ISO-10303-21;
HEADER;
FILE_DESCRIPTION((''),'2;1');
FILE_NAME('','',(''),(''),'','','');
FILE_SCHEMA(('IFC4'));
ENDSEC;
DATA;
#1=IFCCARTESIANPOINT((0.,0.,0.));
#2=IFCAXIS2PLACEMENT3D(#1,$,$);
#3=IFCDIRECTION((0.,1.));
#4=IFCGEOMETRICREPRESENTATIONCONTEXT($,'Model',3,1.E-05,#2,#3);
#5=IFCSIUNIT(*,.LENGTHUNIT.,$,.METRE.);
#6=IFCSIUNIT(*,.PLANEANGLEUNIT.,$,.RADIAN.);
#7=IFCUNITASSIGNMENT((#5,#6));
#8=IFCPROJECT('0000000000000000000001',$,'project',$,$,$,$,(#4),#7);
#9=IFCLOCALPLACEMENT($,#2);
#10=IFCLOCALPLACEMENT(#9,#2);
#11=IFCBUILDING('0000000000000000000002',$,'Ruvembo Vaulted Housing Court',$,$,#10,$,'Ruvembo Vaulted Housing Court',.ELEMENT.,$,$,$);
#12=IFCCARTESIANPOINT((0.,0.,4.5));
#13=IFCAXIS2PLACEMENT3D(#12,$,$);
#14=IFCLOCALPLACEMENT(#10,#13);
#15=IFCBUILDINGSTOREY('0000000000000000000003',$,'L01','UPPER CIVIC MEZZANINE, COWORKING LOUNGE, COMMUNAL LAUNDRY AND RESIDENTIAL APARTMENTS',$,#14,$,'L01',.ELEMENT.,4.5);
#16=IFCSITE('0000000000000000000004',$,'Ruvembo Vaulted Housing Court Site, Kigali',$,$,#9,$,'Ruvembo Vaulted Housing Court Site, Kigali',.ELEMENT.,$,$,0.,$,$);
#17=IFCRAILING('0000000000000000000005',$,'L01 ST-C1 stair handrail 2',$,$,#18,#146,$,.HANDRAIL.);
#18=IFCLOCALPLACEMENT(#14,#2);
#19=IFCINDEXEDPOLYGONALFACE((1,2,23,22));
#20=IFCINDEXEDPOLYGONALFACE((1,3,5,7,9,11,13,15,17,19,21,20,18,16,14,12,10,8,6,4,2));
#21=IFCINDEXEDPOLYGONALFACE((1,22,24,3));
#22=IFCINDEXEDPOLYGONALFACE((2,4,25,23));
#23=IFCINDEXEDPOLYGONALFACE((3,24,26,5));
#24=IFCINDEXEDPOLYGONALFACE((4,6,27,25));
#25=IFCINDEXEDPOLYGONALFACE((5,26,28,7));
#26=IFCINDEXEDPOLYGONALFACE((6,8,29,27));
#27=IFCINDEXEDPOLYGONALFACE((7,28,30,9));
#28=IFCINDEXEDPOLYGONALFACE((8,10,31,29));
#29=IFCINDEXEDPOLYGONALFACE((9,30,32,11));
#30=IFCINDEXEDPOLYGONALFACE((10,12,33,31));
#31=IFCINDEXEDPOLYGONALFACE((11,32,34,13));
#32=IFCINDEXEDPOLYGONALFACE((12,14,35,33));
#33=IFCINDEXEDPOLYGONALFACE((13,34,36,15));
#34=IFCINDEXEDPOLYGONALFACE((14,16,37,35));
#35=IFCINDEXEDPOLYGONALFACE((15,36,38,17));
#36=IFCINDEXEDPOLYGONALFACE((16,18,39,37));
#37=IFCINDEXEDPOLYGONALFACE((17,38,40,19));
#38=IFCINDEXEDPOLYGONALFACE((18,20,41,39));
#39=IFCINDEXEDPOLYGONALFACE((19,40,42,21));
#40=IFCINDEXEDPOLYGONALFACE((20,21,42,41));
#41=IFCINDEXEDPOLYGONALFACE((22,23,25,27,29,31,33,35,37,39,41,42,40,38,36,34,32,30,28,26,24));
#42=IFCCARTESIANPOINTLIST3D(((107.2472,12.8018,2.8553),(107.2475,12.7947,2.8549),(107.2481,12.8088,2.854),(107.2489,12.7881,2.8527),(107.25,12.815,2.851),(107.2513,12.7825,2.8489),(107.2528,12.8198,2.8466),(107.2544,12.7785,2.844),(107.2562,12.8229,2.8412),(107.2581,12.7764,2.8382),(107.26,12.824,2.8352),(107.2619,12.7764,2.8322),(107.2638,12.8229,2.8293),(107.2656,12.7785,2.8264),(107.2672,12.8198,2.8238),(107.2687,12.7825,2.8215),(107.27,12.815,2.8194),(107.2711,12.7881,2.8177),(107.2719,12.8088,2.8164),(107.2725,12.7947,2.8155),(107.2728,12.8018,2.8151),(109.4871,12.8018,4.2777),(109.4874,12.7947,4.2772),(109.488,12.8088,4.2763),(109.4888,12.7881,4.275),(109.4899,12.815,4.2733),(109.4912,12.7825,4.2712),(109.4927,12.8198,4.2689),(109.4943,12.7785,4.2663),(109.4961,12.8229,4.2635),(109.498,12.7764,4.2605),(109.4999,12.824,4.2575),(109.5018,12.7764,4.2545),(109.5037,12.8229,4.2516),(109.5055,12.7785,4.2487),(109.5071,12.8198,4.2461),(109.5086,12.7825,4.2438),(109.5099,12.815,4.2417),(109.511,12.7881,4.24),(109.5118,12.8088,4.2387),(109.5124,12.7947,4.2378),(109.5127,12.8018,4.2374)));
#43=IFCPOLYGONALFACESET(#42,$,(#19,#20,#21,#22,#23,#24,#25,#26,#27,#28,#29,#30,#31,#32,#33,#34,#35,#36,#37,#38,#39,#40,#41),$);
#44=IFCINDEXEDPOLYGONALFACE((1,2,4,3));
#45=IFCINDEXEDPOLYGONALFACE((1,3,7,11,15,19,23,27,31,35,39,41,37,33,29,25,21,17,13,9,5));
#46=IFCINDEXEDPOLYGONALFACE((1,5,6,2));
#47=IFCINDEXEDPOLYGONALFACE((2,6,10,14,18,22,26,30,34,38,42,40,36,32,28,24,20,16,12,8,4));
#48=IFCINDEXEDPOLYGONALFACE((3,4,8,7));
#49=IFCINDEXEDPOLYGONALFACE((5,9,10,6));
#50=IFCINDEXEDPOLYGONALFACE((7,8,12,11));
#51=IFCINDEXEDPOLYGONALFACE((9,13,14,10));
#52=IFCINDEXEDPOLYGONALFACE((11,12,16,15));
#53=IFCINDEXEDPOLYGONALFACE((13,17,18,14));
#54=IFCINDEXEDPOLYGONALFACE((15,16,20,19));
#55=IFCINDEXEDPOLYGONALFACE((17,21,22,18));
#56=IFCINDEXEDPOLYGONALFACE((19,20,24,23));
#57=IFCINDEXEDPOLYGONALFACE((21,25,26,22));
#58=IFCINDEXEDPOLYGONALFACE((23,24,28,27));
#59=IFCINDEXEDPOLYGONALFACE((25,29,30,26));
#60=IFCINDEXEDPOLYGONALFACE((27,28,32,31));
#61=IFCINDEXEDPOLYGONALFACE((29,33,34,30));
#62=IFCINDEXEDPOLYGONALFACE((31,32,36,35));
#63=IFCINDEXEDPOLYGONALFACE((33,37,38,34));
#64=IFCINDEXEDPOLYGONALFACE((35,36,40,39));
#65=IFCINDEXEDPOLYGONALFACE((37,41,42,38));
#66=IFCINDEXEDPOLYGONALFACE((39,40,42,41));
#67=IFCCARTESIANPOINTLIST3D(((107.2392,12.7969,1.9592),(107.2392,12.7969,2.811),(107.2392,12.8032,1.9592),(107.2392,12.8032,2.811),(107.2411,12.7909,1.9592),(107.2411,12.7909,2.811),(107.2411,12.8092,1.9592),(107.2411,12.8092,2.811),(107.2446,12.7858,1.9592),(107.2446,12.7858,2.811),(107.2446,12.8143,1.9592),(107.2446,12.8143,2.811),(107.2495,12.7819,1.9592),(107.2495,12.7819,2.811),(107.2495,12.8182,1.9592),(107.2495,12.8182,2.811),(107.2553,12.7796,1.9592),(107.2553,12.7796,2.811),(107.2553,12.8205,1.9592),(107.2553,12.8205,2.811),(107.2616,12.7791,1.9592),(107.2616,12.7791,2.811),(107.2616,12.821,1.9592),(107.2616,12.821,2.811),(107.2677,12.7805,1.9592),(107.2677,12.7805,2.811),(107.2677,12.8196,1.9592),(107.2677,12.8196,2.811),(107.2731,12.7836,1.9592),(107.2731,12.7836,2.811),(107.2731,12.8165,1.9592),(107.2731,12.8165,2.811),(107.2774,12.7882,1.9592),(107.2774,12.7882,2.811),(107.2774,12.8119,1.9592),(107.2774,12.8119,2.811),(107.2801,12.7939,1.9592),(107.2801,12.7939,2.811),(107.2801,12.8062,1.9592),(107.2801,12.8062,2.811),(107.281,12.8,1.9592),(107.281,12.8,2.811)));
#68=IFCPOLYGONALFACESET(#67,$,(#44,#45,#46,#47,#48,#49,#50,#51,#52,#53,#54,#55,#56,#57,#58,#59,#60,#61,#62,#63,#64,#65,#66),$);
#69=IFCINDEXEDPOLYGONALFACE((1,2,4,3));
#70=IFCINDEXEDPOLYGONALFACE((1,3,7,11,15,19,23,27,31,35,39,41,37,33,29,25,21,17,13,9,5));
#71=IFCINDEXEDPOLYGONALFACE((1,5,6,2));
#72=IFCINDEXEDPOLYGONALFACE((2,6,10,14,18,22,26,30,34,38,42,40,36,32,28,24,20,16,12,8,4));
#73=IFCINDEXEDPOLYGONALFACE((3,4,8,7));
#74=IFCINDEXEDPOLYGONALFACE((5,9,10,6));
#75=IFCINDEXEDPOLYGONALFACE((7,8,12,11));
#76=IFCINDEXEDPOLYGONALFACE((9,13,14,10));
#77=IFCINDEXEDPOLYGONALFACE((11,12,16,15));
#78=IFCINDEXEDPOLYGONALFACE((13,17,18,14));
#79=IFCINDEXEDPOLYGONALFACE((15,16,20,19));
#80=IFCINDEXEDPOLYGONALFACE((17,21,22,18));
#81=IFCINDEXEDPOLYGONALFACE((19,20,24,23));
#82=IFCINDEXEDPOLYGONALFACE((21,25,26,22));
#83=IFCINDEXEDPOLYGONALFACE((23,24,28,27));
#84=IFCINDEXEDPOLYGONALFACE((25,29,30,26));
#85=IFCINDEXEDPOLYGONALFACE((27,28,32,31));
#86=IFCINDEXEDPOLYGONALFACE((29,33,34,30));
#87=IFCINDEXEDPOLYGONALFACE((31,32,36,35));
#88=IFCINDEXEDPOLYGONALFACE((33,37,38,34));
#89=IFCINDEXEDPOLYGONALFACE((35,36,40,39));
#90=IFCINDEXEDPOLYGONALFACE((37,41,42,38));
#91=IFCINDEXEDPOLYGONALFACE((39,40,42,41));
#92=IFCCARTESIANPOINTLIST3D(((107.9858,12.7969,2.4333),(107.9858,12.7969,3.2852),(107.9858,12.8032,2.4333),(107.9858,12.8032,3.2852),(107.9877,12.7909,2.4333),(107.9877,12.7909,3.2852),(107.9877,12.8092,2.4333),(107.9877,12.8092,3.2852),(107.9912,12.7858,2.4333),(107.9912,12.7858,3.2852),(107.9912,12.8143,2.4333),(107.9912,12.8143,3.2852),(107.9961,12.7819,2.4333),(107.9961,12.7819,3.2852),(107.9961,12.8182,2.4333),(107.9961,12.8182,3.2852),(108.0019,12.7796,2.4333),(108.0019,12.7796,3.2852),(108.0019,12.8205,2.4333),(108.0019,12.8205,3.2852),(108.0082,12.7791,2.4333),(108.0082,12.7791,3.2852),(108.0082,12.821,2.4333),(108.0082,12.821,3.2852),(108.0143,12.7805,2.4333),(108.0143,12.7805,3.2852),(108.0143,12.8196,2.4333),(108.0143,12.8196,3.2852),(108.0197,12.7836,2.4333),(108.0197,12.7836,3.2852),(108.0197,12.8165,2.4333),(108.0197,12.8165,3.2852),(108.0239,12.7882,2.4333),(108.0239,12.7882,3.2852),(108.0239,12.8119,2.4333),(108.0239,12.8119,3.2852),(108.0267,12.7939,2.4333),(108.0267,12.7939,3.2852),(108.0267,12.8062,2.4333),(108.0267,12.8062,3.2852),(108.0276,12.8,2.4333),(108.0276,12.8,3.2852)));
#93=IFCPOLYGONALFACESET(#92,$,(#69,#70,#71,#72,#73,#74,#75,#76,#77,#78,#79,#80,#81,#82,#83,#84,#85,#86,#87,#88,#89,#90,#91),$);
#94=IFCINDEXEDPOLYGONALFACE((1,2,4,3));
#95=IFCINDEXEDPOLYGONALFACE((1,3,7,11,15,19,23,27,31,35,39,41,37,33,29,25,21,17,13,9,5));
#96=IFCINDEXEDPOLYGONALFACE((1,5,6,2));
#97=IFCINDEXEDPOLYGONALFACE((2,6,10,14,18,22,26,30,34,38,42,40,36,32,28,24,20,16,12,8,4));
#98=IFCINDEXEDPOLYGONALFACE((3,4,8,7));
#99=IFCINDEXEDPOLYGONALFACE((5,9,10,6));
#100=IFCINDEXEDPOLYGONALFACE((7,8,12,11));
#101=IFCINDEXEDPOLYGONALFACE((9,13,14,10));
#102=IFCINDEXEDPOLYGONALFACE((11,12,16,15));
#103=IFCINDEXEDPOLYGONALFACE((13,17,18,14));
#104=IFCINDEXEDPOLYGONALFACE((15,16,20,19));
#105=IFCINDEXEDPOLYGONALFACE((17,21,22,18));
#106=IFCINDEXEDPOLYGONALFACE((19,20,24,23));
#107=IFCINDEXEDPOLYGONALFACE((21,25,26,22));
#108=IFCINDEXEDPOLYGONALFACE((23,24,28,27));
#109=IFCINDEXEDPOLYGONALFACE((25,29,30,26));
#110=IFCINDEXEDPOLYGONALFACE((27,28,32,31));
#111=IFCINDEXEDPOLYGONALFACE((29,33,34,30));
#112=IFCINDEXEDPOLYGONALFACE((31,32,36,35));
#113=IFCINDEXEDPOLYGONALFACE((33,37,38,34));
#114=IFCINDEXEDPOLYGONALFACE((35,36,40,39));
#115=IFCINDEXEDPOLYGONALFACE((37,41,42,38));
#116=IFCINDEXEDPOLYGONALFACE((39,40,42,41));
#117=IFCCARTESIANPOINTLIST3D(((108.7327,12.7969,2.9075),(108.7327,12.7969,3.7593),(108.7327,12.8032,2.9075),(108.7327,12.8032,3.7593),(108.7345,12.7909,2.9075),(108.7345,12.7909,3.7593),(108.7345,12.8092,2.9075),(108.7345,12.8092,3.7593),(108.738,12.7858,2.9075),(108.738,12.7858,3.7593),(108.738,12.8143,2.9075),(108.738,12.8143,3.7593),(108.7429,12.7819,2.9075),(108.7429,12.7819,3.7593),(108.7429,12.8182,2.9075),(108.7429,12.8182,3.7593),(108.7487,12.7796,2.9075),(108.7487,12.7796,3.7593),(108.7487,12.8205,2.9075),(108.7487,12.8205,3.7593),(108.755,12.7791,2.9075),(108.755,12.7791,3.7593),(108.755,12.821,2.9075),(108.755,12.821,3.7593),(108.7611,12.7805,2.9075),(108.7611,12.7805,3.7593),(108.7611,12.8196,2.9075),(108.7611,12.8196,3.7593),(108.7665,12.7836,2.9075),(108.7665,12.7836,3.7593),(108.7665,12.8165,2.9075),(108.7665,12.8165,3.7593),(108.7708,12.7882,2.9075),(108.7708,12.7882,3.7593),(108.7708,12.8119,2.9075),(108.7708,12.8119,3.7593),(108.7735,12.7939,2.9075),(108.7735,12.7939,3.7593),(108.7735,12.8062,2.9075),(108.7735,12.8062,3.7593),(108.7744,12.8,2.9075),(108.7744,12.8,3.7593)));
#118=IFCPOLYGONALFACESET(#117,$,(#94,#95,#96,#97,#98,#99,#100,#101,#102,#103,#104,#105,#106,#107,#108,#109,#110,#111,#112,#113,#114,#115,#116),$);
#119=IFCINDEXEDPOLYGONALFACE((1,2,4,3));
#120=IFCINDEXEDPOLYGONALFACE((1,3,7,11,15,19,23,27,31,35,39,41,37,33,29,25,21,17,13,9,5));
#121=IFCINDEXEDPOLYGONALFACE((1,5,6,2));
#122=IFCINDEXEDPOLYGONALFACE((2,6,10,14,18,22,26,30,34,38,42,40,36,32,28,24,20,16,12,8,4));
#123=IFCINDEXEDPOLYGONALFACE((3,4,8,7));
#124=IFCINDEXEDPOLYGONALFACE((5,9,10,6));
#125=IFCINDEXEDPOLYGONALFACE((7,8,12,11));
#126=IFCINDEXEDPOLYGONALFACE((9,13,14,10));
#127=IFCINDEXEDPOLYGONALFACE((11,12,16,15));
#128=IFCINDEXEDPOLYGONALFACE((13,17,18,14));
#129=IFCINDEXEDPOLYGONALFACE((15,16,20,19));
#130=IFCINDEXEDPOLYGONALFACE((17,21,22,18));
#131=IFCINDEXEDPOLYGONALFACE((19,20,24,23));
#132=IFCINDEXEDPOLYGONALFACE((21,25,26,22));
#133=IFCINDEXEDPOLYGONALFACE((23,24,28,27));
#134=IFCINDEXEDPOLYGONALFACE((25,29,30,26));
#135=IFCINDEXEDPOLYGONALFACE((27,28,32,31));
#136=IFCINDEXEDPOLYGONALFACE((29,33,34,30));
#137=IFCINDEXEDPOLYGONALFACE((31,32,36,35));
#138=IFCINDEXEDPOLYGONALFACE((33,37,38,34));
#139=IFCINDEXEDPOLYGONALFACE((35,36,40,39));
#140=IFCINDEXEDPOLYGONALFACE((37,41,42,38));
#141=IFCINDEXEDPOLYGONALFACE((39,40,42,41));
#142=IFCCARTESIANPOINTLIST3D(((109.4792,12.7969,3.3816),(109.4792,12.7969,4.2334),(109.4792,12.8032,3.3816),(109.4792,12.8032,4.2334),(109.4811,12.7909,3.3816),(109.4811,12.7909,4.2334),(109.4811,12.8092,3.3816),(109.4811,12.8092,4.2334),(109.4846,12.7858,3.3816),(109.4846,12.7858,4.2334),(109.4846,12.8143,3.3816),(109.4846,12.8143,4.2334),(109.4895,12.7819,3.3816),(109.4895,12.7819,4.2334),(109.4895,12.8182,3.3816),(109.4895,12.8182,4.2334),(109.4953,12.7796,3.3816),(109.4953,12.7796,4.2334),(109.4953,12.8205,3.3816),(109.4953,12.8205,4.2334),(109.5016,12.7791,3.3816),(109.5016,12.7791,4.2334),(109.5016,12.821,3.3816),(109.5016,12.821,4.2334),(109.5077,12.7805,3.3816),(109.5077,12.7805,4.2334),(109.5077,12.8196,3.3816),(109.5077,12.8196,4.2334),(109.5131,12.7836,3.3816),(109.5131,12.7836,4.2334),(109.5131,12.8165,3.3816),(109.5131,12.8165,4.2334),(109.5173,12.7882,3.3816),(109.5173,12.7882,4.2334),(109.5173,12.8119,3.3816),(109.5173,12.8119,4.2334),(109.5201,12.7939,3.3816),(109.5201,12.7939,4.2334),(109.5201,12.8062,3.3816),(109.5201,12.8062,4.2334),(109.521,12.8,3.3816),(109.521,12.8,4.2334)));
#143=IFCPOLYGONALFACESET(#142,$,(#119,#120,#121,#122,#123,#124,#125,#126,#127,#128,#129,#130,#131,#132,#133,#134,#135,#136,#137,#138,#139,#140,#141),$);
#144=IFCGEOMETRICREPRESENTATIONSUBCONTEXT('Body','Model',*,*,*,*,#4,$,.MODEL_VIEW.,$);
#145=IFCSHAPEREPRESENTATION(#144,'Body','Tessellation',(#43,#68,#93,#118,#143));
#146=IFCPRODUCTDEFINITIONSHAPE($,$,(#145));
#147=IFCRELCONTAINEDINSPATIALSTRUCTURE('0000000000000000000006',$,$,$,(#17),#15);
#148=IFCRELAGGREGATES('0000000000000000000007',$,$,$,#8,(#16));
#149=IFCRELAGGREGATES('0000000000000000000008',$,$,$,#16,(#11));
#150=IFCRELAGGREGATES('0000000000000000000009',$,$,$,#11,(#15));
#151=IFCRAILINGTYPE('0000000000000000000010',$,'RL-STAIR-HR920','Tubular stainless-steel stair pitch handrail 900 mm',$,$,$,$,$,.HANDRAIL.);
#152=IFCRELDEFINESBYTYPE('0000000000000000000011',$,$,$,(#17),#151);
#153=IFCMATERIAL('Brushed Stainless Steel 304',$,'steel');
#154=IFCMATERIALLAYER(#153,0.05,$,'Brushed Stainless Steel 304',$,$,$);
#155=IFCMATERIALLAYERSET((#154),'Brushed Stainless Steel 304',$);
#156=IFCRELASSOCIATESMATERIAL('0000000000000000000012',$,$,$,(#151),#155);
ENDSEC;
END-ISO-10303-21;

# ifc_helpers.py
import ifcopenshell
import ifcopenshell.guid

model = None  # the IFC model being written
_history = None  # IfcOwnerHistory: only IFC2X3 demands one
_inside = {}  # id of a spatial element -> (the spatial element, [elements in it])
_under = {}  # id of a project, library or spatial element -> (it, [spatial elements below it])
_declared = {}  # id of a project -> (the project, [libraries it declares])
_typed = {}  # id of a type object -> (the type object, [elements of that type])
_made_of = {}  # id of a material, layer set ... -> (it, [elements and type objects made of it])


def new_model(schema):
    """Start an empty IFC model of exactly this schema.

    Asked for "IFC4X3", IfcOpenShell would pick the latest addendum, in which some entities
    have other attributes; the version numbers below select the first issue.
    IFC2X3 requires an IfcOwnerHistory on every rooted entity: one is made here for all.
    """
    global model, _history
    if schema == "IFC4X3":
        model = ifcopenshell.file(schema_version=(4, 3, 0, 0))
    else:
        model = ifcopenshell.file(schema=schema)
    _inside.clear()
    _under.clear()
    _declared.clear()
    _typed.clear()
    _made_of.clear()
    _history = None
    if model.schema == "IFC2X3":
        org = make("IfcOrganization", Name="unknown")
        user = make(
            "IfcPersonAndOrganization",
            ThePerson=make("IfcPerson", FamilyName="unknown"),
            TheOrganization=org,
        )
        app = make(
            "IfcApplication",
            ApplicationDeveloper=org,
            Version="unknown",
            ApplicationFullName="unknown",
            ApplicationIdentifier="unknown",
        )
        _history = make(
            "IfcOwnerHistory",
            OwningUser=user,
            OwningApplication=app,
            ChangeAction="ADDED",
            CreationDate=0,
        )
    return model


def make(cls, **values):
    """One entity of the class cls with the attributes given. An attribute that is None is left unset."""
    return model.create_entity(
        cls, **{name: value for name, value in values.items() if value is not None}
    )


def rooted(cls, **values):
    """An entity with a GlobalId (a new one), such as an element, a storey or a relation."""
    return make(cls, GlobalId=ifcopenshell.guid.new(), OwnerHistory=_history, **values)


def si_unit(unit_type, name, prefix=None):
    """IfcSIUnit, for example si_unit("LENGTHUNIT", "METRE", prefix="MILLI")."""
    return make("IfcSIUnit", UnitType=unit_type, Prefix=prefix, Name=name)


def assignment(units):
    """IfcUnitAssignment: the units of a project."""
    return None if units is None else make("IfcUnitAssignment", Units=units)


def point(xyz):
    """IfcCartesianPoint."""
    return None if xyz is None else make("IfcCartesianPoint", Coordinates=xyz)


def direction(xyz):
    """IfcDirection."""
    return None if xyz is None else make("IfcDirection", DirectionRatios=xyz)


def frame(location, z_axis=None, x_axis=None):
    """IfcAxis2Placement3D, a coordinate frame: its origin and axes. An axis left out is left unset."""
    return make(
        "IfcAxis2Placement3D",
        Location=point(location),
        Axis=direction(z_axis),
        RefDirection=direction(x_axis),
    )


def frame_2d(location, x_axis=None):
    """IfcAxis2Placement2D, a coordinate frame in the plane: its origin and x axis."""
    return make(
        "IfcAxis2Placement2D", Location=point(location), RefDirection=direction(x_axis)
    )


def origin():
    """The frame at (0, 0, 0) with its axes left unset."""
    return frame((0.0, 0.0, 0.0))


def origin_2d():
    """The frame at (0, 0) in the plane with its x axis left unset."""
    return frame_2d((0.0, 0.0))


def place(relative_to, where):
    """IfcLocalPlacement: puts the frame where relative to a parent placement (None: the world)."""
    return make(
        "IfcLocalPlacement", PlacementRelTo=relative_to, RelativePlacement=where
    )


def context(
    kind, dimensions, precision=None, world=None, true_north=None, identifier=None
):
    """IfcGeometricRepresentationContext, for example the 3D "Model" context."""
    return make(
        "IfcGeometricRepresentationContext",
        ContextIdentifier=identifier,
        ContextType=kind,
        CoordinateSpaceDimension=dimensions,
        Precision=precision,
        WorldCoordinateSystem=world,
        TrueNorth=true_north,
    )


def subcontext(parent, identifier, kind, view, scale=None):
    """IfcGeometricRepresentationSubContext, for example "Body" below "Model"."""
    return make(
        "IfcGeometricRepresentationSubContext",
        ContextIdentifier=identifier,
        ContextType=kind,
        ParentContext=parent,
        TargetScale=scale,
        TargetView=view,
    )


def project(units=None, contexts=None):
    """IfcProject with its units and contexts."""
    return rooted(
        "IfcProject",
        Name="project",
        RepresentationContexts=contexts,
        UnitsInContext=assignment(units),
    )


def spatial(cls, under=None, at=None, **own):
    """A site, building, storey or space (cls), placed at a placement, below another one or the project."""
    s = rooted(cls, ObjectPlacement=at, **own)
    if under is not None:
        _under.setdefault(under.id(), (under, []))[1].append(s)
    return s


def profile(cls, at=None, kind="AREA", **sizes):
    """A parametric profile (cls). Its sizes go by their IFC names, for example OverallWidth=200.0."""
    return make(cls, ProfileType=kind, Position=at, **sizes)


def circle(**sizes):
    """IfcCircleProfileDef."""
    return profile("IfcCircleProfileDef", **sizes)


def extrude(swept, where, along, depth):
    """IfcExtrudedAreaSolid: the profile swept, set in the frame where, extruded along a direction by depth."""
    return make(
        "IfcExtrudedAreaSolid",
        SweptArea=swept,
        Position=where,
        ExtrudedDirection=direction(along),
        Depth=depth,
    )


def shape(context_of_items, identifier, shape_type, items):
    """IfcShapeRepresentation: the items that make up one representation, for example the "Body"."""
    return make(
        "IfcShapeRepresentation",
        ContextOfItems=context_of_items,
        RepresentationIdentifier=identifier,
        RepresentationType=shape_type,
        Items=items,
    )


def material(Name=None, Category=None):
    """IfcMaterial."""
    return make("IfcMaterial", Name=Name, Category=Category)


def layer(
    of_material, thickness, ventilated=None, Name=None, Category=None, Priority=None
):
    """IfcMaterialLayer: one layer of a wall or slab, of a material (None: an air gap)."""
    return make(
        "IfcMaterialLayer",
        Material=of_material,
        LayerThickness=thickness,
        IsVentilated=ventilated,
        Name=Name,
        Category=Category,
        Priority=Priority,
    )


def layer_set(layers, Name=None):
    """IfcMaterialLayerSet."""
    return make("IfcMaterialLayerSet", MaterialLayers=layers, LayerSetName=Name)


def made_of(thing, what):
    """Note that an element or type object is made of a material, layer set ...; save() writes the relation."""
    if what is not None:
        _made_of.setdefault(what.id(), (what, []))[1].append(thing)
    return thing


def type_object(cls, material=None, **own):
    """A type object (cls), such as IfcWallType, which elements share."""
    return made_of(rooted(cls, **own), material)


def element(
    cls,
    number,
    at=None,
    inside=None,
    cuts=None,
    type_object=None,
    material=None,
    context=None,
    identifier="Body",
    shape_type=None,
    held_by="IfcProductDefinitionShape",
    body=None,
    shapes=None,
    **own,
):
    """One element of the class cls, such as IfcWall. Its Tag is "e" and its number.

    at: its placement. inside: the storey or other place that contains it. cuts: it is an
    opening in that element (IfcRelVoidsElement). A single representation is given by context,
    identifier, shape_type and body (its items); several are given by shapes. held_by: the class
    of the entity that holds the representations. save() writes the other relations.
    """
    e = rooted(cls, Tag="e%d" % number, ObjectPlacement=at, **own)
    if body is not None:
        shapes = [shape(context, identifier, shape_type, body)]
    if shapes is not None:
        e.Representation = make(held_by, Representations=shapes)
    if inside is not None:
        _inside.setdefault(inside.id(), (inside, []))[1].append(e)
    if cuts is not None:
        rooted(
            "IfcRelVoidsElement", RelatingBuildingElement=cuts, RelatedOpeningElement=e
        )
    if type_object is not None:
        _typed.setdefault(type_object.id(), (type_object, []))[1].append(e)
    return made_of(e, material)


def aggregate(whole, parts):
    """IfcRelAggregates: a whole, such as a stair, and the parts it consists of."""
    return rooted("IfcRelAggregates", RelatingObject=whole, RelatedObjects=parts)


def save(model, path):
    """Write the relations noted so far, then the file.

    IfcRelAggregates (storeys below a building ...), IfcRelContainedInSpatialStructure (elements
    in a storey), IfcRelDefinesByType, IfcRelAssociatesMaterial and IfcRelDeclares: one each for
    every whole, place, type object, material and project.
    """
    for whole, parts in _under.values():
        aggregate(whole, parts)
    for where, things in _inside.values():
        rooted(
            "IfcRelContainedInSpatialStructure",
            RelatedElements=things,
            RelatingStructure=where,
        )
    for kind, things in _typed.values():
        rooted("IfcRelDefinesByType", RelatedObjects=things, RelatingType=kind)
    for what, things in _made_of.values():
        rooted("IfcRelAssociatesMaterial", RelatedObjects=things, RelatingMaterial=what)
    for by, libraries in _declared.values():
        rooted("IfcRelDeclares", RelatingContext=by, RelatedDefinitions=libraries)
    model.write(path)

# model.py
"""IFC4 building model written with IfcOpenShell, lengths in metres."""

from ifc_helpers import new_model, si_unit, direction, frame, origin, origin_2d, place, context, subcontext, project, spatial, circle, extrude, material, layer, layer_set, type_object, element, save


model = new_model("IFC4")

# Units and contexts
model_context = context("Model", 3, precision=1e-05, world=origin(), true_north=direction((0.0, 1.0)))
body_context = subcontext(model_context, "Body", "Model", "MODEL_VIEW")
ifc_project = project(units=[si_unit("LENGTHUNIT", "METRE"), si_unit("PLANEANGLEUNIT", "RADIAN")], contexts=[model_context])

# Site, building, storey
site_placement = place(None, origin())
site = spatial("IfcSite", under=ifc_project, at=site_placement, Name="Ruvembo Vaulted Housing Court Site, Kigali", LongName="Ruvembo Vaulted Housing Court Site, Kigali", CompositionType="ELEMENT", RefElevation=0.0)
building_placement = place(site_placement, origin())
building = spatial("IfcBuilding", under=site, at=building_placement, Name="Ruvembo Vaulted Housing Court", LongName="Ruvembo Vaulted Housing Court", CompositionType="ELEMENT")
storey_placement = place(building_placement, frame((0.0, 0.0, 4.5)))
storey = spatial("IfcBuildingStorey", under=building, at=storey_placement, Name="L01", Description="UPPER CIVIC MEZZANINE, COWORKING LOUNGE, COMMUNAL LAUNDRY AND RESIDENTIAL APARTMENTS", LongName="L01", CompositionType="ELEMENT", Elevation=4.5)

# Railing
ifc_material_1 = material(Name="Brushed Stainless Steel 304", Category="steel")
ifc_layer_1 = layer(ifc_material_1, 0.05, Name="Brushed Stainless Steel 304")
ifc_layer_set_1 = layer_set([ifc_layer_1], Name="Brushed Stainless Steel 304")
railing_type_1 = type_object("IfcRailingType", Name="RL-STAIR-HR920", Description="Tubular stainless-steel stair pitch handrail 900 mm", PredefinedType="HANDRAIL", material=ifc_layer_set_1)
railing_1_placement = place(storey_placement, frame((107.26, 12.8, 1.9592)))
element("IfcRailing", 1, at=railing_1_placement, inside=storey, type_object=railing_type_1, Name="L01 ST-C1 stair handrail 2", PredefinedType="HANDRAIL", context=body_context, shape_type="SweptSolid", body=[
    extrude(circle(Radius=0.0239, at=origin_2d()), frame((0.0, 0.0, 0.876), z_axis=(0.844188, 0.0, 0.536048), x_axis=(0.0, 1.0, 0.0)), (0.0, 0.0, 1.0), 2.6533),
    extrude(circle(Radius=0.021, at=origin_2d()), origin(), (0.0, 0.0, 1.0), 0.8518),
    extrude(circle(Radius=0.021, at=origin_2d()), frame((0.7466, 0.0, 0.4741)), (0.0, 0.0, 1.0), 0.8518),
    extrude(circle(Radius=0.021, at=origin_2d()), frame((1.4934, 0.0, 0.9482)), (0.0, 0.0, 1.0), 0.8518),
    extrude(circle(Radius=0.021, at=origin_2d()), frame((2.24, 0.0, 1.4224)), (0.0, 0.0, 1.0), 0.8518),
])

save(model, "model.ifc")
